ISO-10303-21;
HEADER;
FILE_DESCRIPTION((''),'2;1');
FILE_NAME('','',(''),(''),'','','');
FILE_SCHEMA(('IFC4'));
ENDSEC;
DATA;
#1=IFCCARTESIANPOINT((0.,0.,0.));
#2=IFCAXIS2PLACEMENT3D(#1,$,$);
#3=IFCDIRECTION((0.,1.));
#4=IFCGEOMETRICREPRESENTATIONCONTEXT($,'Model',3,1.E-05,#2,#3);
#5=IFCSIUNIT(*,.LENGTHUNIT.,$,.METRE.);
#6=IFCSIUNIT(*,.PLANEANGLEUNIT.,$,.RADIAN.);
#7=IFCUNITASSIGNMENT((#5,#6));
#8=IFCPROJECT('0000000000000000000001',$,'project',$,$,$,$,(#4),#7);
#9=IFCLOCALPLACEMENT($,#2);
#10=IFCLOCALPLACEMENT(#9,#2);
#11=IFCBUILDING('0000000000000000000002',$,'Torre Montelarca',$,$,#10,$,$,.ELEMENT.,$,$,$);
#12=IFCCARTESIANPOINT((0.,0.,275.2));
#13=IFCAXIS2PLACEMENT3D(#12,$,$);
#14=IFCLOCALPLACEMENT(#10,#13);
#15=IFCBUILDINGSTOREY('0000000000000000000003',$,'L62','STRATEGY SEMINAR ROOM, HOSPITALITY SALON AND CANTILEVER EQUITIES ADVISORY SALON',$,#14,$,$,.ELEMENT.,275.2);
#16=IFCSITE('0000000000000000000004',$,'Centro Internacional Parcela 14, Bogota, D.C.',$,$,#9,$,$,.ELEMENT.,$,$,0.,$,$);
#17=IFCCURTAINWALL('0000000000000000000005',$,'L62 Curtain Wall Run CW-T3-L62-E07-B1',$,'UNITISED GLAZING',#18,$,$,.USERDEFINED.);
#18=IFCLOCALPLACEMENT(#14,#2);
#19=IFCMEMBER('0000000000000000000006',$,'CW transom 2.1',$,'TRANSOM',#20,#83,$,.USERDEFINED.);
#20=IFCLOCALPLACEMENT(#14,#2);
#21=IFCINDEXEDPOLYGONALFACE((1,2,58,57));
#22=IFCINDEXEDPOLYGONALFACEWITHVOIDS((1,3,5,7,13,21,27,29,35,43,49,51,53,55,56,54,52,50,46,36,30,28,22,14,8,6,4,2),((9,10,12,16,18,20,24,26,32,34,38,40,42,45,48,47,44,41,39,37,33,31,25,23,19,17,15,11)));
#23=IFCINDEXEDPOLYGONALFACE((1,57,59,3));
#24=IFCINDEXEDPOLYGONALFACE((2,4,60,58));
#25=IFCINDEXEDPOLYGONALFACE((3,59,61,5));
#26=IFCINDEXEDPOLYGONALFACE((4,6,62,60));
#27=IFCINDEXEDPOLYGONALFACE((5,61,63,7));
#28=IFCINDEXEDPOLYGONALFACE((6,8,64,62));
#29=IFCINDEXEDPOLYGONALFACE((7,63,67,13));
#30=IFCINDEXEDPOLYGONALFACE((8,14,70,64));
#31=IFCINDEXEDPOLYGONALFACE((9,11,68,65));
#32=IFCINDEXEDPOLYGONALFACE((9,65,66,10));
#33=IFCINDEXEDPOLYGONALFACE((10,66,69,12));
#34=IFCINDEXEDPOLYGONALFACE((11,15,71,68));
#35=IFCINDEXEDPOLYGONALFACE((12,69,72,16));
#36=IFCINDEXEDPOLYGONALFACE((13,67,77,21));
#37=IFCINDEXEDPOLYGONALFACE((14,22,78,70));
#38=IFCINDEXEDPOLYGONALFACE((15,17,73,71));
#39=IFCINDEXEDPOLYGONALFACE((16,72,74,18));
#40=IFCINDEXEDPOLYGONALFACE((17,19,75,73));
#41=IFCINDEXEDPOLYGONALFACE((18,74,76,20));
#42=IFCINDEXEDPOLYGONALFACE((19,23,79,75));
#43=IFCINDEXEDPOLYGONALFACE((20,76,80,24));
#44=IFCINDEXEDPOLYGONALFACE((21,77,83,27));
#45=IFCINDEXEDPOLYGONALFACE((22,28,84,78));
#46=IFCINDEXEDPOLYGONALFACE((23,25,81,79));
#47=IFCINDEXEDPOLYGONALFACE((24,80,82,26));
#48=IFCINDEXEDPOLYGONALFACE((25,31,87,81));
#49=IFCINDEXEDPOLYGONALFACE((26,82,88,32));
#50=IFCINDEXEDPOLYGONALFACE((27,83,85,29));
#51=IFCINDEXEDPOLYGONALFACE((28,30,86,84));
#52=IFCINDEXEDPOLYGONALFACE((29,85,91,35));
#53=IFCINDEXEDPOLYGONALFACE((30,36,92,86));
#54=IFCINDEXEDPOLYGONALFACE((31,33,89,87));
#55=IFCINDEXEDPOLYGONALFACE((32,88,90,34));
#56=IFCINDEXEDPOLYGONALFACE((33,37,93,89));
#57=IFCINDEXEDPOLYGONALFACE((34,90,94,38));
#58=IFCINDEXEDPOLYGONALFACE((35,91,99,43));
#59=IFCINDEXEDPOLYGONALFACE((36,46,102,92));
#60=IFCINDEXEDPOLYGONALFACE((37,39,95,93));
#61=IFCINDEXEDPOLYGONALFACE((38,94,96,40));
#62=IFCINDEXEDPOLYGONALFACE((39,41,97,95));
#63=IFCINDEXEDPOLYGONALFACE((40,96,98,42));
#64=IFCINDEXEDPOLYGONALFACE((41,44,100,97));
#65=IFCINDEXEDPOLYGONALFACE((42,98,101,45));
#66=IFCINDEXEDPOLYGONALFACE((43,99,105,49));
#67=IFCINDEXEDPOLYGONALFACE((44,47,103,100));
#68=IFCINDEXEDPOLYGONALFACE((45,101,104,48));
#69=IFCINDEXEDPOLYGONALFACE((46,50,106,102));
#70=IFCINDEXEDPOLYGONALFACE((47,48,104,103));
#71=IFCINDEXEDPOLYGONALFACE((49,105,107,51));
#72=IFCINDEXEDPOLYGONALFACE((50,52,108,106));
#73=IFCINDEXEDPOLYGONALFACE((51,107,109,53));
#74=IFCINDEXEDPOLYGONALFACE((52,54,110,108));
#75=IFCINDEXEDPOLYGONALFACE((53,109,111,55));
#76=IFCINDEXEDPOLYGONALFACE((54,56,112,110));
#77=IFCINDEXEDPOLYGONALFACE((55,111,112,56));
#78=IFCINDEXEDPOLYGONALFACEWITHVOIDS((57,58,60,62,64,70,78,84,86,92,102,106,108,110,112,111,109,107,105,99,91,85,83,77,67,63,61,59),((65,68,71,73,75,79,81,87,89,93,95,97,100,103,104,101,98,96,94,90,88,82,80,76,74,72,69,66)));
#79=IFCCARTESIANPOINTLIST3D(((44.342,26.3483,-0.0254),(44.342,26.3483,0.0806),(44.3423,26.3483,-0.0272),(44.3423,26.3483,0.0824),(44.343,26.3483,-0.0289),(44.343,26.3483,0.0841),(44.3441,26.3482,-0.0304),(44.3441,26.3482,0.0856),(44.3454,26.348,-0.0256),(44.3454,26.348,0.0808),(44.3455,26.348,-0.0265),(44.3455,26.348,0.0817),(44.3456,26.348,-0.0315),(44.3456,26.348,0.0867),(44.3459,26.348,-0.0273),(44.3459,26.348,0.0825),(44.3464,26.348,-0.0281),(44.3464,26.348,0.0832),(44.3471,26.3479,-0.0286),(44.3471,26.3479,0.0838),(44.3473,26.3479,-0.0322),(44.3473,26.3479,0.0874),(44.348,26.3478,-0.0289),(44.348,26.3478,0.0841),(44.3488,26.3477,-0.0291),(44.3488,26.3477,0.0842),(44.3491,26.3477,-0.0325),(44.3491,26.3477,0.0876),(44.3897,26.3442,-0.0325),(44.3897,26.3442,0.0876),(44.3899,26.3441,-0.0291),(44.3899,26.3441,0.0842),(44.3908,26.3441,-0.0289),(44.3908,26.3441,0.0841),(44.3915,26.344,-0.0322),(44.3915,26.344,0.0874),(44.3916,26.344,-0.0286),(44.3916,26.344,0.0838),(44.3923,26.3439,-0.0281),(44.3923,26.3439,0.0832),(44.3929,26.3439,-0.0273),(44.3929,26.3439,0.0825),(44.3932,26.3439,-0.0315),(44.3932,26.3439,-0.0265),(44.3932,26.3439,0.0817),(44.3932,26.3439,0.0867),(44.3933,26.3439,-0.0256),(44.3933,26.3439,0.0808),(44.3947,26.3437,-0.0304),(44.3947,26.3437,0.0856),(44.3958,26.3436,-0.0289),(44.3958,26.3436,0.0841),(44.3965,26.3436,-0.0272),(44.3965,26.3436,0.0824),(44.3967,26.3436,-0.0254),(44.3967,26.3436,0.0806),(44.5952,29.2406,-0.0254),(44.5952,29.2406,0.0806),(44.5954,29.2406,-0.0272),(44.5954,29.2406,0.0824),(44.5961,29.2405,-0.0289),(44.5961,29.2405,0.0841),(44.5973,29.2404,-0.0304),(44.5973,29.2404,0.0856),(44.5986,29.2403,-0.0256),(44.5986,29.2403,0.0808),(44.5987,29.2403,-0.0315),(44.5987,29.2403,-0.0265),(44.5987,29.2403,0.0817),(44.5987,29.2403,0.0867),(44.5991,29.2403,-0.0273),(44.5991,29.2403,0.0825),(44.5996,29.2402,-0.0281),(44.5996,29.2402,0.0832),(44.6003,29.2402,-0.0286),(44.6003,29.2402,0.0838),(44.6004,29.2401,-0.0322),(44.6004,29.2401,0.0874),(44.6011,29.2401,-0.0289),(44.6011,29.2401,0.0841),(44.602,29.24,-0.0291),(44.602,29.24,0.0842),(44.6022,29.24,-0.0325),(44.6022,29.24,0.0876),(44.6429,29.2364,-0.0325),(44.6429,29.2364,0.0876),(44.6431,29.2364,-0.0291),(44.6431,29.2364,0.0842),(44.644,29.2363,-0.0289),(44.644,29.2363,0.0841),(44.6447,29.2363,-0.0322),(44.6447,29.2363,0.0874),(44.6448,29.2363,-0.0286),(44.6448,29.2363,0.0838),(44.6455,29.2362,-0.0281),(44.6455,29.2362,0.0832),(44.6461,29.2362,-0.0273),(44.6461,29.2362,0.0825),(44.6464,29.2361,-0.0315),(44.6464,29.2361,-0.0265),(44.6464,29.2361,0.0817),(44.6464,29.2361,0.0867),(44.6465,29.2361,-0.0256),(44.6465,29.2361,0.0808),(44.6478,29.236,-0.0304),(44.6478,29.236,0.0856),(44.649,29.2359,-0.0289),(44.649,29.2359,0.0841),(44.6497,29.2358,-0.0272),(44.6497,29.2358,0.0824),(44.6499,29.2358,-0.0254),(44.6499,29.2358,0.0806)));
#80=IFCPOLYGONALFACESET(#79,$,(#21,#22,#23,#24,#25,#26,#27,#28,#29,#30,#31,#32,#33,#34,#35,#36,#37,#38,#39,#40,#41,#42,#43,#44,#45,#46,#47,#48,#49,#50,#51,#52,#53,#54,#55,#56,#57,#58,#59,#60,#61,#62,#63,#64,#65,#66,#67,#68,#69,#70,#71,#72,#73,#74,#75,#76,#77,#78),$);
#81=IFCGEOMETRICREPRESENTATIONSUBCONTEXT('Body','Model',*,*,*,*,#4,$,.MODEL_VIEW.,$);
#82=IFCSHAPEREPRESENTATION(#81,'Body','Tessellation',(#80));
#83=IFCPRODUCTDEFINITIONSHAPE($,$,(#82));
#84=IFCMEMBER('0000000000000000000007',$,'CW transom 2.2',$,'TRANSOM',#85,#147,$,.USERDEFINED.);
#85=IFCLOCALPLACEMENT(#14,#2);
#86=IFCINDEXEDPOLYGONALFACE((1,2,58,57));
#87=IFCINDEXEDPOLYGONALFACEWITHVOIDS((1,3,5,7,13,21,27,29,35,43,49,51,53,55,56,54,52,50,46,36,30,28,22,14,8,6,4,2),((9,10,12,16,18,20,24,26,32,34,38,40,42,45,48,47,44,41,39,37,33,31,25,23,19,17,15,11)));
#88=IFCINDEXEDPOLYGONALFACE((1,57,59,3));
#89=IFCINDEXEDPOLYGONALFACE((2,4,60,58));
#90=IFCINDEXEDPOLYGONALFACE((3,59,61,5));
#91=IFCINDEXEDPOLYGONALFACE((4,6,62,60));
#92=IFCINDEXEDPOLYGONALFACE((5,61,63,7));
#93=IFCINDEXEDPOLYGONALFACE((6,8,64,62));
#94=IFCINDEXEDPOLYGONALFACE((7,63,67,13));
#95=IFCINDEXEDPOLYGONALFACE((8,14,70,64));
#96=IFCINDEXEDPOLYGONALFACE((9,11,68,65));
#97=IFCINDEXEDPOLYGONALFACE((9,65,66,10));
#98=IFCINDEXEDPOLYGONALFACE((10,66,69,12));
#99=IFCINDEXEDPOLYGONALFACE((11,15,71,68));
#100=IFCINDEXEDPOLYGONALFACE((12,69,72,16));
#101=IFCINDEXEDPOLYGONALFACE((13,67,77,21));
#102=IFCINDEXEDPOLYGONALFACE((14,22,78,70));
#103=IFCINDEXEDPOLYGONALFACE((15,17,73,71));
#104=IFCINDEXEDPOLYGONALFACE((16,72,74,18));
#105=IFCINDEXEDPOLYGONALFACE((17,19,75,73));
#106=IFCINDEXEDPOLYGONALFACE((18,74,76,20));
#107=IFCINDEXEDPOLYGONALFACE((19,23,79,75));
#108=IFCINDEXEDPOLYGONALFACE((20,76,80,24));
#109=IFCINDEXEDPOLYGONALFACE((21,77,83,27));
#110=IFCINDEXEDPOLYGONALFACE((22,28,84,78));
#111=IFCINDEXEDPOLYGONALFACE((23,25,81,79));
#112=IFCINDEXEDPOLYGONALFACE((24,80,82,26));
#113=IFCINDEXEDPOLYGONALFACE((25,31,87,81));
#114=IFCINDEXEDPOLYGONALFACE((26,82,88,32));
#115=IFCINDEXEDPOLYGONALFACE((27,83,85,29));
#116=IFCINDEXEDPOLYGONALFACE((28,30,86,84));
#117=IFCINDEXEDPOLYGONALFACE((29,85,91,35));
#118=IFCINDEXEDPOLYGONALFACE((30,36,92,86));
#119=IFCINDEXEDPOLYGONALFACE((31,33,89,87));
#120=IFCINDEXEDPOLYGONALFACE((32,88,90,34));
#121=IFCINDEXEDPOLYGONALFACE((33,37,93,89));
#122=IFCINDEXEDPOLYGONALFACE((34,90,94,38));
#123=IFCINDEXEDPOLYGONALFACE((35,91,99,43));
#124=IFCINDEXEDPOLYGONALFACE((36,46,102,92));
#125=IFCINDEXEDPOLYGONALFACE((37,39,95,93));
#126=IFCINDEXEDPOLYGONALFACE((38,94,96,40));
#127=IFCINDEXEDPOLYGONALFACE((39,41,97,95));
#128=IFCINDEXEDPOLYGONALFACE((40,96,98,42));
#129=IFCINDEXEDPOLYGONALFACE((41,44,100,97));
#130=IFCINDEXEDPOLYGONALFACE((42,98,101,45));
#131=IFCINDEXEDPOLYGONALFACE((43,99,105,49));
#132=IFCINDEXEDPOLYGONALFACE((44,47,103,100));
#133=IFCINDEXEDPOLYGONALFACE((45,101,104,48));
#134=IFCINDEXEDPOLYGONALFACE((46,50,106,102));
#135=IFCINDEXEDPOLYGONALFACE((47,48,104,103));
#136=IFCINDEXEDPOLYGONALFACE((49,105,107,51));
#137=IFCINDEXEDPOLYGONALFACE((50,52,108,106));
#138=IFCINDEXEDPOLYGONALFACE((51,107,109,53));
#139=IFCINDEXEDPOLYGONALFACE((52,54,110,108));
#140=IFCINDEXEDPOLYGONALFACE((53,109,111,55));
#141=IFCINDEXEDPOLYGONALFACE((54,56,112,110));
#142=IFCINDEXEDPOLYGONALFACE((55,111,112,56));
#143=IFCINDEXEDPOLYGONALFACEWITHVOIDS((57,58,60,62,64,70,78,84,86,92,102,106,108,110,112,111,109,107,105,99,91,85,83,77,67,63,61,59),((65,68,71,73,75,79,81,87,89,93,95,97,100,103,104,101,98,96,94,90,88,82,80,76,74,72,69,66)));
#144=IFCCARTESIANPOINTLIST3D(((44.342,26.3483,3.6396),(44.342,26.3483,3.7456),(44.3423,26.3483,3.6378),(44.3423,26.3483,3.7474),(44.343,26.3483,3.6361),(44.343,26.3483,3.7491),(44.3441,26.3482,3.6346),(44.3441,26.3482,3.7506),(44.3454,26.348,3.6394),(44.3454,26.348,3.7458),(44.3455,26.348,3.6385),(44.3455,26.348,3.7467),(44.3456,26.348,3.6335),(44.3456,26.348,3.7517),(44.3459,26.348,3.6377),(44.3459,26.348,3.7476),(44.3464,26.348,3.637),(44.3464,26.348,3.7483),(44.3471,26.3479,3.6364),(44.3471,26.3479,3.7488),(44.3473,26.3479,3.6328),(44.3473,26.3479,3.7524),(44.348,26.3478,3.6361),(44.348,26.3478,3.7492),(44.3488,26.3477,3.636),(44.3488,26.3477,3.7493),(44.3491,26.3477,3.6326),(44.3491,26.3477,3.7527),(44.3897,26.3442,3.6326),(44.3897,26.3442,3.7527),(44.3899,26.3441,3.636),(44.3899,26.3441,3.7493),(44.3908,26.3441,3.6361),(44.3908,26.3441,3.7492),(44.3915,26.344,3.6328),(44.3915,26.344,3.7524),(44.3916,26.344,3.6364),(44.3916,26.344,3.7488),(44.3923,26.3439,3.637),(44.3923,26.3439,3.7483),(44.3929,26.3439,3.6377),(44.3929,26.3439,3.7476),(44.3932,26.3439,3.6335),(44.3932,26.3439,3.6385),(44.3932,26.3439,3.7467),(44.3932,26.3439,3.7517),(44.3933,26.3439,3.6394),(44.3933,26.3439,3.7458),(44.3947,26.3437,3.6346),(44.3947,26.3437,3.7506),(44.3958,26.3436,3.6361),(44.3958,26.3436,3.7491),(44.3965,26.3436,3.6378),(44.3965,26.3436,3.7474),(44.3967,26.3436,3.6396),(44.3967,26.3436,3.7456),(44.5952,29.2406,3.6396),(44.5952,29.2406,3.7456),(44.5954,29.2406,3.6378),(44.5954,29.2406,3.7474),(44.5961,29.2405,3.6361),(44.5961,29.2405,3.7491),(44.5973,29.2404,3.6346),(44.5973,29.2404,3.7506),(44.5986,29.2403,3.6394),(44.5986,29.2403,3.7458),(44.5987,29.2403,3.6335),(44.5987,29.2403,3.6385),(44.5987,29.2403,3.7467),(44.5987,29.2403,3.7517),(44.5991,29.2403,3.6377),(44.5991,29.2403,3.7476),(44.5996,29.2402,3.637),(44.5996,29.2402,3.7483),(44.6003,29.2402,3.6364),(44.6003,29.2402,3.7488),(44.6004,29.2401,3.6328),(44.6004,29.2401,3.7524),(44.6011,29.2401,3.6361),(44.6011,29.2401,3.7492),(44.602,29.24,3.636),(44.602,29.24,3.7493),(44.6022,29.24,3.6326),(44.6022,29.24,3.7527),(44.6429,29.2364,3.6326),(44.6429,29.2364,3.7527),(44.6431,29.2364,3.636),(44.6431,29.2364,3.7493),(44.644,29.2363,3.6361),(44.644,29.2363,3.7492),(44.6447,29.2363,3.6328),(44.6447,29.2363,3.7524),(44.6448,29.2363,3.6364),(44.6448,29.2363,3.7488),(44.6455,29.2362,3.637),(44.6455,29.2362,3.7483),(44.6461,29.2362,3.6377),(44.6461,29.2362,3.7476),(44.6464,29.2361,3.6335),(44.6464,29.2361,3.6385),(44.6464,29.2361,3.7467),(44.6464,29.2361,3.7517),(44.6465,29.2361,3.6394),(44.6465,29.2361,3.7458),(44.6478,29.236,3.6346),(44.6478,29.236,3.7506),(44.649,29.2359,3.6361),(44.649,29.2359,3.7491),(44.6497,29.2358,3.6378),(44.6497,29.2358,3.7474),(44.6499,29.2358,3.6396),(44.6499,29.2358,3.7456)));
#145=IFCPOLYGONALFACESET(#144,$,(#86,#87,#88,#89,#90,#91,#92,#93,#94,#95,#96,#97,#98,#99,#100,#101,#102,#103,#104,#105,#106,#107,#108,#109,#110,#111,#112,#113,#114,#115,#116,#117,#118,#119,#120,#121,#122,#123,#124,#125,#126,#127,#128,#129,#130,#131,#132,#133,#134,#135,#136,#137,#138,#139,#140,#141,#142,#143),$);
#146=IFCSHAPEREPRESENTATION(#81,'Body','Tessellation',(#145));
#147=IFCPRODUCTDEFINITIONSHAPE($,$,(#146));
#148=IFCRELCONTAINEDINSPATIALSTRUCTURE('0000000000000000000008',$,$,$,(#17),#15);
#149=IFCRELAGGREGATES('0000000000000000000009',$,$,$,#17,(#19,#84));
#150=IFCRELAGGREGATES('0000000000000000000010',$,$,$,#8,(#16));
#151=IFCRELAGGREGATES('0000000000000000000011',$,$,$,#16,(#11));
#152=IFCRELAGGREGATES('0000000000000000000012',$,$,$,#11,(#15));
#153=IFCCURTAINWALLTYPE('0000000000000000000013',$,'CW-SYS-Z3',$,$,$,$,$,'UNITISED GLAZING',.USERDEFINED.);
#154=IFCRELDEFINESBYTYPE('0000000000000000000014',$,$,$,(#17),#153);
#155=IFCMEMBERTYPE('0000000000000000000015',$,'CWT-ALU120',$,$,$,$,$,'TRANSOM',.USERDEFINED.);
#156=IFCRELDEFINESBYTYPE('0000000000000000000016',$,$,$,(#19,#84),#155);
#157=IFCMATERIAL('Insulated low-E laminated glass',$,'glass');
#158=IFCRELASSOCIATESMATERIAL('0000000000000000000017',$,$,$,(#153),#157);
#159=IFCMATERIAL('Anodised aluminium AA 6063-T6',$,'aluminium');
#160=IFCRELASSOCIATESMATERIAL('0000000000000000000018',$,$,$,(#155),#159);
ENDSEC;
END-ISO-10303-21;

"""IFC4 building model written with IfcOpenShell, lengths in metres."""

from ifc_helpers import new_model, si_unit, direction, frame, origin, origin_2d, place, context, subcontext, project, spatial, hollow_rectangle, extrude, source, transform, mapped, material, material_profile, profile_set, type_object, element, aggregate, save


model = new_model("IFC4")

# Units and contexts
model_context = context("Model", 3, precision=1e-05, world=origin(), true_north=direction((0.0, 1.0)))
body_context = subcontext(model_context, "Body", "Model", "MODEL_VIEW")
ifc_project = project(units=[si_unit("LENGTHUNIT", "METRE"), si_unit("PLANEANGLEUNIT", "RADIAN")], contexts=[model_context])

# Site, building, storey
site_placement = place(None, origin())
site = spatial("IfcSite", under=ifc_project, at=site_placement, Name="Centro Internacional Parcela 14, Bogota, D.C.", CompositionType="ELEMENT", RefElevation=0.0)
building_placement = place(site_placement, origin())
building = spatial("IfcBuilding", under=site, at=building_placement, Name="Torre Montelarca", CompositionType="ELEMENT")
storey_placement = place(building_placement, frame((0.0, 0.0, 275.2)))
storey = spatial("IfcBuildingStorey", under=building, at=storey_placement, Name="L62", Description="STRATEGY SEMINAR ROOM, HOSPITALITY SALON AND CANTILEVER EQUITIES ADVISORY SALON", CompositionType="ELEMENT", Elevation=275.2)

# Curtain wall, members
ifc_material_1 = material(Name="Insulated low-E laminated glass", Category="glass")
curtain_wall_type = type_object("IfcCurtainWallType", Name="CW-SYS-Z3", ElementType="UNITISED GLAZING", PredefinedType="USERDEFINED", material=ifc_material_1)
curtain_wall_1_placement = place(storey_placement, origin())
curtain_wall_1 = element("IfcCurtainWall", 1, at=curtain_wall_1_placement, inside=storey, type_object=curtain_wall_type, Name="L62 Curtain Wall Run CW-T3-L62-E07-B1", ObjectType="UNITISED GLAZING", PredefinedType="USERDEFINED")
ifc_material_2 = material(Name="Anodised aluminium AA 6063-T6", Category="aluminium")
ifc_material_profile_1 = material_profile(ifc_material_2, hollow_rectangle(XDim=0.0549, YDim=0.1201, WallThickness=0.0034, InnerFilletRadius=0.0034, OuterFilletRadius=0.0071, at=origin_2d()), Name="ALU55X120X3.5", Category="aluminium")
ifc_profile_set_1 = profile_set([ifc_material_profile_1], Name="Anodised aluminium AA 6063-T6")
member_type_1 = type_object("IfcMemberType", Name="CWT-ALU120", ElementType="TRANSOM", PredefinedType="USERDEFINED", material=ifc_profile_set_1)
shared_shape_1 = source(origin(), body_context, "Body", "SweptSolid", [
    extrude(hollow_rectangle(XDim=0.0549, YDim=0.1201, WallThickness=0.0034, InnerFilletRadius=0.0034, OuterFilletRadius=0.0071, at=origin_2d()), origin(), (0.0, 0.0, 1.0), 2.9033),
])
member_1_placement = place(storey_placement, frame((44.3694, 26.3459, 0.0276), z_axis=(0.087199, 0.996191, 0.0), x_axis=(-0.996191, 0.087199, 0.0)))
member_1 = element("IfcMember", 2, at=member_1_placement, type_object=member_type_1, Name="CW transom 2.1", ObjectType="TRANSOM", PredefinedType="USERDEFINED", context=body_context, shape_type="MappedRepresentation", body=[
    mapped(shared_shape_1, transform((0.0, 0.0, 0.0), scale=1.0)),
])
member_2_placement = place(storey_placement, frame((44.3694, 26.3459, 3.6926), z_axis=(0.087199, 0.996191, 0.0), x_axis=(-0.996191, 0.087199, 0.0)))
member_2 = element("IfcMember", 3, at=member_2_placement, type_object=member_type_1, Name="CW transom 2.2", ObjectType="TRANSOM", PredefinedType="USERDEFINED", context=body_context, shape_type="MappedRepresentation", body=[
    mapped(shared_shape_1, transform((0.0, 0.0, 0.0), scale=1.0)),
])

aggregate(curtain_wall_1, [member_1, member_2])

save(model, "model.ifc")
